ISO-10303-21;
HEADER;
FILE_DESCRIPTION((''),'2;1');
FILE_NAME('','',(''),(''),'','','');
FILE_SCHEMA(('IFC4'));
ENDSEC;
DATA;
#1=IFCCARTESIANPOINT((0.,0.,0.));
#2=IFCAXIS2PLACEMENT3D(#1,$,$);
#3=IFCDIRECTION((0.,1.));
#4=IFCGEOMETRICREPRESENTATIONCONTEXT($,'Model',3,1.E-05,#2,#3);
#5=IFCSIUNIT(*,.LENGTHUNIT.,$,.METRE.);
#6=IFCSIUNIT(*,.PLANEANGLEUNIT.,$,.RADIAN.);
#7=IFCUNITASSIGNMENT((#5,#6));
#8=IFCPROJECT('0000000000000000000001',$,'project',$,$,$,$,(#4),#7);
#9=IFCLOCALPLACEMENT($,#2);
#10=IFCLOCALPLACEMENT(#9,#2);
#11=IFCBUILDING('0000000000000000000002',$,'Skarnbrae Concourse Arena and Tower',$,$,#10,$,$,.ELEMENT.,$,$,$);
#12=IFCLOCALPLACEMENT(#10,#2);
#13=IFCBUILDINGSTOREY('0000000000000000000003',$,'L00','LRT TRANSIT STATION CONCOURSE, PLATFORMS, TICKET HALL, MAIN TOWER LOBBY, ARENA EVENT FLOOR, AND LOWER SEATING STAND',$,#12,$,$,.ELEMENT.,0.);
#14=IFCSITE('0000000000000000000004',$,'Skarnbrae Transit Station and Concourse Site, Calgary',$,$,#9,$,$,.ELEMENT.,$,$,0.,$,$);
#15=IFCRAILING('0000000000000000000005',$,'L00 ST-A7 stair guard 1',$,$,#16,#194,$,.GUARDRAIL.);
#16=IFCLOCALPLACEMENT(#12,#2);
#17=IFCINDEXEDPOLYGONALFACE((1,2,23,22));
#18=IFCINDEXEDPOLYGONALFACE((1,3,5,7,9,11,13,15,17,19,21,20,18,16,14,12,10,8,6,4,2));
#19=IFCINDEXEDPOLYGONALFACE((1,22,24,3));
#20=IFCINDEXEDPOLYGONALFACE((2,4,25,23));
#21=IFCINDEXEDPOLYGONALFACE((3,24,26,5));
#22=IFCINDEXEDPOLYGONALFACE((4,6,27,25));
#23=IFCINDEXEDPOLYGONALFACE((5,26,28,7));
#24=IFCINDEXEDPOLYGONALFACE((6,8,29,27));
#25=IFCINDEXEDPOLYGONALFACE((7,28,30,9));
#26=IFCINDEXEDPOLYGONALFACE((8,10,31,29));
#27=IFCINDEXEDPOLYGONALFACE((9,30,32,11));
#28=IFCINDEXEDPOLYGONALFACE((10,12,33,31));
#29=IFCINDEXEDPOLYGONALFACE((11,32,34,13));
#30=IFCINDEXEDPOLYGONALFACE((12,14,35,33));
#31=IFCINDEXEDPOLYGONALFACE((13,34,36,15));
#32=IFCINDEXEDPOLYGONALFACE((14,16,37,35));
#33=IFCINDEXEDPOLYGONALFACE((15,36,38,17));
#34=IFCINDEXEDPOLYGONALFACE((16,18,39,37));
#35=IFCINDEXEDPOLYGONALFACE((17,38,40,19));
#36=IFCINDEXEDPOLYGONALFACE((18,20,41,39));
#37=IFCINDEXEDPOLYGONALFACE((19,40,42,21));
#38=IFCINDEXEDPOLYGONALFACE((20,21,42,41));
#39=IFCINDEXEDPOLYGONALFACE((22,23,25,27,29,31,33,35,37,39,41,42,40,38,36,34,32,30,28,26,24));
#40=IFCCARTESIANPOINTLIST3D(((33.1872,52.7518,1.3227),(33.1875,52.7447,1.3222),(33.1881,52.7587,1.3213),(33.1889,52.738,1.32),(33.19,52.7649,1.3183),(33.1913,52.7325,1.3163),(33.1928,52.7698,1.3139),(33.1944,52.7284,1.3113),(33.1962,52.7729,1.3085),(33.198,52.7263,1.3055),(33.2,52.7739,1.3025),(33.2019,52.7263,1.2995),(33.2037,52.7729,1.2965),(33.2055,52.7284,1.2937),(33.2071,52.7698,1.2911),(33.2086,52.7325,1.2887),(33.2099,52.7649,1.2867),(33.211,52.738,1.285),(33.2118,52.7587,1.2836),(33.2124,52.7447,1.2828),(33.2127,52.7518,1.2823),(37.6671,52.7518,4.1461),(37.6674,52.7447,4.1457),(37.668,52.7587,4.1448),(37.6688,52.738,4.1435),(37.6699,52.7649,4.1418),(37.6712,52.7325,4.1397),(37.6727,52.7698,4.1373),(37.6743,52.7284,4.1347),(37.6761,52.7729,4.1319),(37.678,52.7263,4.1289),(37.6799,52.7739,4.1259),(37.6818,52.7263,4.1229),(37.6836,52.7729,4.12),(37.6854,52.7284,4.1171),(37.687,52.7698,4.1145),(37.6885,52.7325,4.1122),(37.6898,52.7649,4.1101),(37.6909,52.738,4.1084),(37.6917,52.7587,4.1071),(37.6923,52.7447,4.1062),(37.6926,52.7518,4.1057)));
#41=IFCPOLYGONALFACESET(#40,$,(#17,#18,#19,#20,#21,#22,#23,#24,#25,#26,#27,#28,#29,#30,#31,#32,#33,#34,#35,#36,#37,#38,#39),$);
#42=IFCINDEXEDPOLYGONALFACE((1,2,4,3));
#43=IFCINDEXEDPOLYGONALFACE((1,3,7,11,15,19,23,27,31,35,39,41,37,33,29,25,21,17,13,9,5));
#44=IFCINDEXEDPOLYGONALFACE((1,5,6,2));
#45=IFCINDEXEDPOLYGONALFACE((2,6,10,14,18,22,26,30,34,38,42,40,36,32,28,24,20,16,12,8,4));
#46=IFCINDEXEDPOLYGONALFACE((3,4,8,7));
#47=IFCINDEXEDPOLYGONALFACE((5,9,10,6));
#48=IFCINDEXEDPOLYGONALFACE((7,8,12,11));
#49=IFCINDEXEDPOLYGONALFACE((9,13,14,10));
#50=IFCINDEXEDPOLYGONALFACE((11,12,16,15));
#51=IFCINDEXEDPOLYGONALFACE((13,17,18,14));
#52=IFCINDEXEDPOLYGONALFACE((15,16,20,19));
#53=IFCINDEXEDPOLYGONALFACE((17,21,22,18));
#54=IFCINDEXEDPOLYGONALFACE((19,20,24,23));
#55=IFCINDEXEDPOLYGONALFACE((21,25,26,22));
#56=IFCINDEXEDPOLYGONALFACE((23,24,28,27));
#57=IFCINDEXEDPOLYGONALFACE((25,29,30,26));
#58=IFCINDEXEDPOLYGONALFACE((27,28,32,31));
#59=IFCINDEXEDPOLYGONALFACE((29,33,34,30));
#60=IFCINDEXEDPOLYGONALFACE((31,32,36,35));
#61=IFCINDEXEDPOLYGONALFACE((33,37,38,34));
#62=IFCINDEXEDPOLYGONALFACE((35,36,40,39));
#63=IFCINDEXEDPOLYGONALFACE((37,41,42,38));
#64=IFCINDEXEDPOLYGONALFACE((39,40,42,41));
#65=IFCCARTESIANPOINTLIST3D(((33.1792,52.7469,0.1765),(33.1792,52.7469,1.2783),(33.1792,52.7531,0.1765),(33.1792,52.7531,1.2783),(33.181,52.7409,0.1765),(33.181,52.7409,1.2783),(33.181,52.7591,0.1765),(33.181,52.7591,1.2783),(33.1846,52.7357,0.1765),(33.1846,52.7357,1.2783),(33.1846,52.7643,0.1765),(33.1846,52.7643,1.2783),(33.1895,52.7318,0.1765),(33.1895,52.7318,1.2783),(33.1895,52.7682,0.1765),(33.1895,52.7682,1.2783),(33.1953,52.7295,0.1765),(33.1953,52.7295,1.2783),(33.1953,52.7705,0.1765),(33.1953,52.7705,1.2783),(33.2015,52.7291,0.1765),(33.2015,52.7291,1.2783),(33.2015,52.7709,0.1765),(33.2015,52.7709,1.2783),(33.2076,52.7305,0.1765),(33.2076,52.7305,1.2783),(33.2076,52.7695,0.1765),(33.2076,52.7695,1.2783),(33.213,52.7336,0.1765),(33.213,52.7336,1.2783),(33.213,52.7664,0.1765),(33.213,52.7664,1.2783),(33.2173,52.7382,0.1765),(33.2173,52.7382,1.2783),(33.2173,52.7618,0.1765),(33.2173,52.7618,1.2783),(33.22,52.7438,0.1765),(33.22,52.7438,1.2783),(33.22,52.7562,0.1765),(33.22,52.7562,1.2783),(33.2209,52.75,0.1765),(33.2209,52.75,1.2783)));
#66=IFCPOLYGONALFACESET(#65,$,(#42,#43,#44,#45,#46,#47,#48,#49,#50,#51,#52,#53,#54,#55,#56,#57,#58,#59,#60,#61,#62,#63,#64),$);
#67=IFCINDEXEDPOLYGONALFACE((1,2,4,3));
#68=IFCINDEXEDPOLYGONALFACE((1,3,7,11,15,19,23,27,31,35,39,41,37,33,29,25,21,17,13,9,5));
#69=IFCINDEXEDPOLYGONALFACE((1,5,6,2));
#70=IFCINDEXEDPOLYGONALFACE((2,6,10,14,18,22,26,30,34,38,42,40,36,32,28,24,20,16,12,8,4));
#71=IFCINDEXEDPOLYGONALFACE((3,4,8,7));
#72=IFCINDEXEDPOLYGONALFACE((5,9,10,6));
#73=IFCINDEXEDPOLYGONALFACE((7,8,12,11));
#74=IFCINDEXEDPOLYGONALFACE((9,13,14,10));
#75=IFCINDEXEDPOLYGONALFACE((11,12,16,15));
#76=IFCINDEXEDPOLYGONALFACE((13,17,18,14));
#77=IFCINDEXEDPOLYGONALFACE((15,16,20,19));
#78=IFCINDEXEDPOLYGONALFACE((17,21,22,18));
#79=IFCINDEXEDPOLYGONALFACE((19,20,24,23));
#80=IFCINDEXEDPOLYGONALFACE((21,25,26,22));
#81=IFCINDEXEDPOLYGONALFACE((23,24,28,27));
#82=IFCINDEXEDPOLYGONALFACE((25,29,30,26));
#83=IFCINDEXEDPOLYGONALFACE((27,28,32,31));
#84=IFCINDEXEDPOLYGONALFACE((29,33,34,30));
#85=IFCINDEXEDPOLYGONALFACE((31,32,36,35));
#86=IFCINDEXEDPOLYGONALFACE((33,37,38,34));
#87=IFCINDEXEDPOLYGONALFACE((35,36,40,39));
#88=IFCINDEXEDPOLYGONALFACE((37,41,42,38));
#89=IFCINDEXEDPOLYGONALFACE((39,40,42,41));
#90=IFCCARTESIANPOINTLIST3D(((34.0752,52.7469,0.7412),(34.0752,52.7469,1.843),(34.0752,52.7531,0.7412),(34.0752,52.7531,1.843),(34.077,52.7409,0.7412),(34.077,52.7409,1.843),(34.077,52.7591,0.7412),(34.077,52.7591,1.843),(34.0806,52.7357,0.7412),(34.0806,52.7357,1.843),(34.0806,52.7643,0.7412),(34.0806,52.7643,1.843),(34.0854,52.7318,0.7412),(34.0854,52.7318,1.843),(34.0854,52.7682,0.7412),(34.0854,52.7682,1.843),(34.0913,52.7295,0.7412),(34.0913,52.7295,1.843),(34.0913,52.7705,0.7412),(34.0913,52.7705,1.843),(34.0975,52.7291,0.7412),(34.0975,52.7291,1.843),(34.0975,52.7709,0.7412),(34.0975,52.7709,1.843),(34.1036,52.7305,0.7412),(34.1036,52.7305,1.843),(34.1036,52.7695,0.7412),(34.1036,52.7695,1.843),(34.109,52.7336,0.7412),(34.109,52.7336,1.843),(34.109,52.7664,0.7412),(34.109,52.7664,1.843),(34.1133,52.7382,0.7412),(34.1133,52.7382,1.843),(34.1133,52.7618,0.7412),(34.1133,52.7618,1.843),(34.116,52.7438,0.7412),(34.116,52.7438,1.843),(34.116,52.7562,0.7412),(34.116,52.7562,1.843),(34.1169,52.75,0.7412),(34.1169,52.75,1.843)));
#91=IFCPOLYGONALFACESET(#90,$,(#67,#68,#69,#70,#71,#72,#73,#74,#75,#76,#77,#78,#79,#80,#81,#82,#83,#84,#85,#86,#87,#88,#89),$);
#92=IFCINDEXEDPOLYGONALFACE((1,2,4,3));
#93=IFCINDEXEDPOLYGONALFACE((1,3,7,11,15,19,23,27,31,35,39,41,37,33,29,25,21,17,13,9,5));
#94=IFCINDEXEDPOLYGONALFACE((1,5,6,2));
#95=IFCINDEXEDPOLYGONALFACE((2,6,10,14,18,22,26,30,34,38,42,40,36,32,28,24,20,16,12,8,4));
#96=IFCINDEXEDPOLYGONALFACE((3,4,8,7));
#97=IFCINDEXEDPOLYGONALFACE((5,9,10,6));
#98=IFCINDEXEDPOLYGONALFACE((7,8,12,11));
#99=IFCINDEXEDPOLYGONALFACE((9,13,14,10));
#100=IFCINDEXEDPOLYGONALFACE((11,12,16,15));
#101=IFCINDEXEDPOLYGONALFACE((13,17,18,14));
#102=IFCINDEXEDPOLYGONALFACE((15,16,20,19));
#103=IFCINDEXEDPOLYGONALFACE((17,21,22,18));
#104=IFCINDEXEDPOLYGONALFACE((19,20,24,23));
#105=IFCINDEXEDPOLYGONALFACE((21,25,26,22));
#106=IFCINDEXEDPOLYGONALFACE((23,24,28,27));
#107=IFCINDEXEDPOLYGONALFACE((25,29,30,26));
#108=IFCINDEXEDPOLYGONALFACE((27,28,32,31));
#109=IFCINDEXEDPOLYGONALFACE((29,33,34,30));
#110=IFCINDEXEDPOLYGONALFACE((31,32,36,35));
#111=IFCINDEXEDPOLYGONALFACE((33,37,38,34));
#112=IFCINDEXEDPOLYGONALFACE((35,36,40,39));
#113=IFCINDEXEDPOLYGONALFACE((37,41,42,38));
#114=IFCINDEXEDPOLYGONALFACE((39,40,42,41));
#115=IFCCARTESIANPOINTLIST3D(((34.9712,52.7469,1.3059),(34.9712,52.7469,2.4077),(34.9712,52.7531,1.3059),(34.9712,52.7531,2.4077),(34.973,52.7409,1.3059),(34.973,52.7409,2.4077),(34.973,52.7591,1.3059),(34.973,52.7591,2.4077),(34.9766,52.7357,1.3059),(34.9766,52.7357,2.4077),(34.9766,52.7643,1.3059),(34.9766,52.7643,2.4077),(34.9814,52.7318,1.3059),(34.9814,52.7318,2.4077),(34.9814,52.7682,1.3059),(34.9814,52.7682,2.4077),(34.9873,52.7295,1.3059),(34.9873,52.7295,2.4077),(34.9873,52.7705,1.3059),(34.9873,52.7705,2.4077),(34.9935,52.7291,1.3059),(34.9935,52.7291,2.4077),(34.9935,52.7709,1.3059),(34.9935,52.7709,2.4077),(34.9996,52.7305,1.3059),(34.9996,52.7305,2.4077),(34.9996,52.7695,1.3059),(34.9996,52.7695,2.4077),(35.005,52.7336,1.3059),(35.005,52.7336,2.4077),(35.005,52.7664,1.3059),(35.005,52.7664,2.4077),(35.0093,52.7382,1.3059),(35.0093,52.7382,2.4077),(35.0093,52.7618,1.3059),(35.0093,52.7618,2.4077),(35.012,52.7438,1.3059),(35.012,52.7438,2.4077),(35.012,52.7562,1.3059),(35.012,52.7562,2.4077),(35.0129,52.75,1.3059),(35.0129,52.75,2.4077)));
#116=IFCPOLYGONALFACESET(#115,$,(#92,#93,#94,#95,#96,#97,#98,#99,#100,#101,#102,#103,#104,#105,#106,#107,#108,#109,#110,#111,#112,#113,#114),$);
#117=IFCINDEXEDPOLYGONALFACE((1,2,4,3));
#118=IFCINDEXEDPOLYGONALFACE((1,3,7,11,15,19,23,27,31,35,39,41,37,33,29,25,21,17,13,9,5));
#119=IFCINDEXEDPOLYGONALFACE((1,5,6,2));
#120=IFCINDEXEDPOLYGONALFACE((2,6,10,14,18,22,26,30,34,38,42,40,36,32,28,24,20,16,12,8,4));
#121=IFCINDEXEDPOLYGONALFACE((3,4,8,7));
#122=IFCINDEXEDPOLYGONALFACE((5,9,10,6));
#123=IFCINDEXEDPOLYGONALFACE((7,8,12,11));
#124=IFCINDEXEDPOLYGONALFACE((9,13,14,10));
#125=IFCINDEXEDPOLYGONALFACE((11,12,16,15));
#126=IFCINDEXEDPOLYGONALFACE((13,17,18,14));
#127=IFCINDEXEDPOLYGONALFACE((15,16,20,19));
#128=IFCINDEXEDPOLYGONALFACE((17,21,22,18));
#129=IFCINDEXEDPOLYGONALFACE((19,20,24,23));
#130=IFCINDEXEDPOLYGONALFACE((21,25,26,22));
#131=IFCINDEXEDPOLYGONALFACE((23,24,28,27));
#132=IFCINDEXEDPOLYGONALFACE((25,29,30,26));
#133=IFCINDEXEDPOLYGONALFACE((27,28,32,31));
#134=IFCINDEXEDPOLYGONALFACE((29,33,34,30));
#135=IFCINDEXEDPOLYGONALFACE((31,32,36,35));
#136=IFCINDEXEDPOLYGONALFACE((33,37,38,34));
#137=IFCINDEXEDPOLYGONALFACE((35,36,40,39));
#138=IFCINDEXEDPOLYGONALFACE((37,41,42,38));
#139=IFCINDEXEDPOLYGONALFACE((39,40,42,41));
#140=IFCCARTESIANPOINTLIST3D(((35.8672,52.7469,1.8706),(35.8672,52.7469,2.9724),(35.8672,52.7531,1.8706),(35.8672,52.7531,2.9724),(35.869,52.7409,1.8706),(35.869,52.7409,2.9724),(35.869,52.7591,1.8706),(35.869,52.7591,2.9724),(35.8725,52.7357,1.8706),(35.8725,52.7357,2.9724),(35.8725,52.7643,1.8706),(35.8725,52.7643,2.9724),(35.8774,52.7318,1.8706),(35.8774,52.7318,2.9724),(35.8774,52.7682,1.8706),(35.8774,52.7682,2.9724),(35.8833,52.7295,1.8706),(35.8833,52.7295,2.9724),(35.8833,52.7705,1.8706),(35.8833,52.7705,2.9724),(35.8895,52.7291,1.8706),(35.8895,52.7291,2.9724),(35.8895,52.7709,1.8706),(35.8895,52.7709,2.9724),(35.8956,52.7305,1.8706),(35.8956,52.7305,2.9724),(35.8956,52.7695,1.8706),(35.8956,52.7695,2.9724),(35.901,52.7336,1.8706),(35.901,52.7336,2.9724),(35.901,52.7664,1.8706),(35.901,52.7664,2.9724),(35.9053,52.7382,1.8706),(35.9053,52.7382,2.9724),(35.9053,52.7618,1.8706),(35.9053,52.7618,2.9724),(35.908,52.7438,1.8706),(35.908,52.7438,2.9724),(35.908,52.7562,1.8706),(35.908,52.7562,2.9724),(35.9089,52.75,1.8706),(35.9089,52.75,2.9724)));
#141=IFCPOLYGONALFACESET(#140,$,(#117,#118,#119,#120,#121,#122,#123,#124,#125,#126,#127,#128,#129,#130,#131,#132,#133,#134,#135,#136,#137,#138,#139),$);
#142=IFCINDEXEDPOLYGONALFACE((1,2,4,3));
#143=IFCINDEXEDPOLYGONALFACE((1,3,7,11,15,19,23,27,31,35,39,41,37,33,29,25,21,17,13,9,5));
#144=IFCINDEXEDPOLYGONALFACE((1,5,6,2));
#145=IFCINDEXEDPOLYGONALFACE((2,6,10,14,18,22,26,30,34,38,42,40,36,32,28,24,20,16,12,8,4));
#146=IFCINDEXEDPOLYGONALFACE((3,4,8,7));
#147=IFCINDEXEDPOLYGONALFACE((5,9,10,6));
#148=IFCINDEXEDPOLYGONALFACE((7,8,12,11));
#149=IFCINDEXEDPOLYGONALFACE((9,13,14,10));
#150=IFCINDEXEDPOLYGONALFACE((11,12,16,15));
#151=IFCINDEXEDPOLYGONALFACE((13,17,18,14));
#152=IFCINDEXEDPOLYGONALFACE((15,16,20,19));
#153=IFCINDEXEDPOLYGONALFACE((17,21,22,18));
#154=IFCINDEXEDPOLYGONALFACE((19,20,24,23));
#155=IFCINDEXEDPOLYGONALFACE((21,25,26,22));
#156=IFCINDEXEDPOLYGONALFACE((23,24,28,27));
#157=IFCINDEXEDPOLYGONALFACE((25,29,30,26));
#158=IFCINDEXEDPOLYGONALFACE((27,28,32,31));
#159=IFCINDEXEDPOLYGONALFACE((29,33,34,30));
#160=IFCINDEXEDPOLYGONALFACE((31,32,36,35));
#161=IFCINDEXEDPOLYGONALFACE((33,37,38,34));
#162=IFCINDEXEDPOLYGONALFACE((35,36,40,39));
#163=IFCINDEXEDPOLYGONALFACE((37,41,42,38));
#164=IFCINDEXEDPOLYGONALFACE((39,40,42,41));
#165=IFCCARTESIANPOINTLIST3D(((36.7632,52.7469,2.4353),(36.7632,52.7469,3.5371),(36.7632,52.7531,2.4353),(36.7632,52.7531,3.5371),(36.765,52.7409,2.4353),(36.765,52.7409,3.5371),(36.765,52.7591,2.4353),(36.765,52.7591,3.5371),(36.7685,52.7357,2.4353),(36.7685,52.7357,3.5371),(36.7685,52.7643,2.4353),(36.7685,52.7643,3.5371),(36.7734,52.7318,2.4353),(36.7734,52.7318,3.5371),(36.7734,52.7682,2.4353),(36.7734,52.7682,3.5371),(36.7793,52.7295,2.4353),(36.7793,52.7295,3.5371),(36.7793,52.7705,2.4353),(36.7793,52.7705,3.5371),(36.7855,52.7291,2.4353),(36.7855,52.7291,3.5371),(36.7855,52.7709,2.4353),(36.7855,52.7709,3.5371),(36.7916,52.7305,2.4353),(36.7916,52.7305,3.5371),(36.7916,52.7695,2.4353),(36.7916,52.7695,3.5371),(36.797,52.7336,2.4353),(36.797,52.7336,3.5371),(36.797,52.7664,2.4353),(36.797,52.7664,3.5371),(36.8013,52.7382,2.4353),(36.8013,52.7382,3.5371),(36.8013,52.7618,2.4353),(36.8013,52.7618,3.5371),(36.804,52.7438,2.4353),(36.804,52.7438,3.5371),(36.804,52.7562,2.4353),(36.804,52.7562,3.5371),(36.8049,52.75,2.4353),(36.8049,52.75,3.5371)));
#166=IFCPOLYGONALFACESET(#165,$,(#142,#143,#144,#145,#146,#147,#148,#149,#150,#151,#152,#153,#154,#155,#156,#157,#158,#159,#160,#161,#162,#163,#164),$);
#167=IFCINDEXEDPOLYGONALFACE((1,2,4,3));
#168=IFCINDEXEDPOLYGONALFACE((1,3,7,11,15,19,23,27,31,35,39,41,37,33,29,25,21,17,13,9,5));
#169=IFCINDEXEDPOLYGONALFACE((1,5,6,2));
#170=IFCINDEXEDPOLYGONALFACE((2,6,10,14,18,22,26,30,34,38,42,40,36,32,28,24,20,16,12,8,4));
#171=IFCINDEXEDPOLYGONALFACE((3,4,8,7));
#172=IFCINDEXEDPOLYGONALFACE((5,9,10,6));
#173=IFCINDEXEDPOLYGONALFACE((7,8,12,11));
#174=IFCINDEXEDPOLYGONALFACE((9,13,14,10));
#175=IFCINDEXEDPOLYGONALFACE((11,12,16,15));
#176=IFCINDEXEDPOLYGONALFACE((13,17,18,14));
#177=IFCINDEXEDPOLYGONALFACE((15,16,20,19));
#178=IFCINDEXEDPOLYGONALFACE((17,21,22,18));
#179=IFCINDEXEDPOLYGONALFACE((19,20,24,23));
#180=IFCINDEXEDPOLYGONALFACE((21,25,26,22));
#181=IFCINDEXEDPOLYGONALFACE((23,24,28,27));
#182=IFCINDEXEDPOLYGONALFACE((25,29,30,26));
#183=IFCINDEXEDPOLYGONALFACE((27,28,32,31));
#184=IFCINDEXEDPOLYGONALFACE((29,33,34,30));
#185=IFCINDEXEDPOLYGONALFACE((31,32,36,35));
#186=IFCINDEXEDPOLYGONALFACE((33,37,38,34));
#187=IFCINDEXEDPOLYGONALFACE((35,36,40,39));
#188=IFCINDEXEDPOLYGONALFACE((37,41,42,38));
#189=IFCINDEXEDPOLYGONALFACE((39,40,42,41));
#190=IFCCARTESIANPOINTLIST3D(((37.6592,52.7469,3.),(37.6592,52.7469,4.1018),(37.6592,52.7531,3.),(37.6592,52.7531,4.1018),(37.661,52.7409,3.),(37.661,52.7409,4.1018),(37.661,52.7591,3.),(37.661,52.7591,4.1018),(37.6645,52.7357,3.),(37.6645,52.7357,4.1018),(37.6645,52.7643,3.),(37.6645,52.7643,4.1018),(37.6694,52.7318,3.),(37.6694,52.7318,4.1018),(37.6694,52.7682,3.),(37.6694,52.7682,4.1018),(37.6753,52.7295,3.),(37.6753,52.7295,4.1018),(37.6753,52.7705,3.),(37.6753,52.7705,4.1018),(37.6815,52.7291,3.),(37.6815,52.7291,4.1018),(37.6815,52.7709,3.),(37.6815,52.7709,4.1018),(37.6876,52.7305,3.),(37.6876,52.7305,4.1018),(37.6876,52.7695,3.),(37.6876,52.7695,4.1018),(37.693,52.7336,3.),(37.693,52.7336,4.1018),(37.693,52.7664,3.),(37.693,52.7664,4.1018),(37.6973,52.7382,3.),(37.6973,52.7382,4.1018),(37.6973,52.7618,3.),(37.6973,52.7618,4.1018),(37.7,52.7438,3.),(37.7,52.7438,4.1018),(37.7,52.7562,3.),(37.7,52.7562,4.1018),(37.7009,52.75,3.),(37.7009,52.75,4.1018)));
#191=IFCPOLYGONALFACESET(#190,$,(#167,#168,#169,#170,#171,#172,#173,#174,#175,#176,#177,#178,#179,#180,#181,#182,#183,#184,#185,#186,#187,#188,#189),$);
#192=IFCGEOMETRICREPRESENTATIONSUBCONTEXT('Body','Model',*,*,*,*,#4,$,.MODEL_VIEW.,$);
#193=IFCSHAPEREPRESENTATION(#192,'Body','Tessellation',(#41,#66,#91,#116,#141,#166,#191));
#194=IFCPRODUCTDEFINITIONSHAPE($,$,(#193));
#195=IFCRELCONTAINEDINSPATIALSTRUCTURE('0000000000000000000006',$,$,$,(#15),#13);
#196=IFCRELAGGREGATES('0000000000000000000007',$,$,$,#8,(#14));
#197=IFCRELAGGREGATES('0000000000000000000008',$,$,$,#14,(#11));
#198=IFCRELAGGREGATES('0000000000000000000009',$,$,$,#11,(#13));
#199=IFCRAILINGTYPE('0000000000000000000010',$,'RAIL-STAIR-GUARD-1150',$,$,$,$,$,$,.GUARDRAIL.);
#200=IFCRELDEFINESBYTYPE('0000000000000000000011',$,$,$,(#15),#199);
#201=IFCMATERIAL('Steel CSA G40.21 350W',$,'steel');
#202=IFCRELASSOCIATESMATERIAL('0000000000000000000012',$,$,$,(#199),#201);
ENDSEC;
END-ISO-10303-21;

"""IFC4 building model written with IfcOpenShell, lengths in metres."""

from ifc_helpers import new_model, si_unit, direction, frame, origin, origin_2d, place, context, subcontext, project, spatial, circle, extrude, material, type_object, element, save


model = new_model("IFC4")

# Units and contexts
model_context = context("Model", 3, precision=1e-05, world=origin(), true_north=direction((0.0, 1.0)))
body_context = subcontext(model_context, "Body", "Model", "MODEL_VIEW")
ifc_project = project(units=[si_unit("LENGTHUNIT", "METRE"), si_unit("PLANEANGLEUNIT", "RADIAN")], contexts=[model_context])

# Site, building, storey
site_placement = place(None, origin())
site = spatial("IfcSite", under=ifc_project, at=site_placement, Name="Skarnbrae Transit Station and Concourse Site, Calgary", CompositionType="ELEMENT", RefElevation=0.0)
building_placement = place(site_placement, origin())
building = spatial("IfcBuilding", under=site, at=building_placement, Name="Skarnbrae Concourse Arena and Tower", CompositionType="ELEMENT")
storey_placement = place(building_placement, origin())
storey = spatial("IfcBuildingStorey", under=building, at=storey_placement, Name="L00", Description="LRT TRANSIT STATION CONCOURSE, PLATFORMS, TICKET HALL, MAIN TOWER LOBBY, ARENA EVENT FLOOR, AND LOWER SEATING STAND", CompositionType="ELEMENT", Elevation=0.0)

# Shared definitions
ifc_material_1 = material(Name="Steel CSA G40.21 350W", Category="steel")

# Railing
railing_type_1 = type_object("IfcRailingType", Name="RAIL-STAIR-GUARD-1150", PredefinedType="GUARDRAIL", material=ifc_material_1)
railing_1_placement = place(storey_placement, frame((33.2, 52.75, 0.1765)))
element("IfcRailing", 1, at=railing_1_placement, inside=storey, type_object=railing_type_1, Name="L00 ST-A7 stair guard 1", PredefinedType="GUARDRAIL", context=body_context, shape_type="SweptSolid", body=[
    extrude(circle(Radius=0.0239, at=origin_2d()), frame((0.0, 0.0, 1.126), z_axis=(0.845998, 0.0, 0.533186), x_axis=(0.0, 1.0, 0.0)), (0.0, 0.0, 1.0), 5.2954),
    extrude(circle(Radius=0.021, at=origin_2d()), origin(), (0.0, 0.0, 1.0), 1.1018),
    extrude(circle(Radius=0.021, at=origin_2d()), frame((0.896, 0.0, 0.5647)), (0.0, 0.0, 1.0), 1.1018),
    extrude(circle(Radius=0.021, at=origin_2d()), frame((1.792, 0.0, 1.1294)), (0.0, 0.0, 1.0), 1.1018),
    extrude(circle(Radius=0.021, at=origin_2d()), frame((2.688, 0.0, 1.6941)), (0.0, 0.0, 1.0), 1.1018),
    extrude(circle(Radius=0.021, at=origin_2d()), frame((3.584, 0.0, 2.2588)), (0.0, 0.0, 1.0), 1.1018),
    extrude(circle(Radius=0.021, at=origin_2d()), frame((4.48, 0.0, 2.8235)), (0.0, 0.0, 1.0), 1.1018),
])

save(model, "model.ifc")
